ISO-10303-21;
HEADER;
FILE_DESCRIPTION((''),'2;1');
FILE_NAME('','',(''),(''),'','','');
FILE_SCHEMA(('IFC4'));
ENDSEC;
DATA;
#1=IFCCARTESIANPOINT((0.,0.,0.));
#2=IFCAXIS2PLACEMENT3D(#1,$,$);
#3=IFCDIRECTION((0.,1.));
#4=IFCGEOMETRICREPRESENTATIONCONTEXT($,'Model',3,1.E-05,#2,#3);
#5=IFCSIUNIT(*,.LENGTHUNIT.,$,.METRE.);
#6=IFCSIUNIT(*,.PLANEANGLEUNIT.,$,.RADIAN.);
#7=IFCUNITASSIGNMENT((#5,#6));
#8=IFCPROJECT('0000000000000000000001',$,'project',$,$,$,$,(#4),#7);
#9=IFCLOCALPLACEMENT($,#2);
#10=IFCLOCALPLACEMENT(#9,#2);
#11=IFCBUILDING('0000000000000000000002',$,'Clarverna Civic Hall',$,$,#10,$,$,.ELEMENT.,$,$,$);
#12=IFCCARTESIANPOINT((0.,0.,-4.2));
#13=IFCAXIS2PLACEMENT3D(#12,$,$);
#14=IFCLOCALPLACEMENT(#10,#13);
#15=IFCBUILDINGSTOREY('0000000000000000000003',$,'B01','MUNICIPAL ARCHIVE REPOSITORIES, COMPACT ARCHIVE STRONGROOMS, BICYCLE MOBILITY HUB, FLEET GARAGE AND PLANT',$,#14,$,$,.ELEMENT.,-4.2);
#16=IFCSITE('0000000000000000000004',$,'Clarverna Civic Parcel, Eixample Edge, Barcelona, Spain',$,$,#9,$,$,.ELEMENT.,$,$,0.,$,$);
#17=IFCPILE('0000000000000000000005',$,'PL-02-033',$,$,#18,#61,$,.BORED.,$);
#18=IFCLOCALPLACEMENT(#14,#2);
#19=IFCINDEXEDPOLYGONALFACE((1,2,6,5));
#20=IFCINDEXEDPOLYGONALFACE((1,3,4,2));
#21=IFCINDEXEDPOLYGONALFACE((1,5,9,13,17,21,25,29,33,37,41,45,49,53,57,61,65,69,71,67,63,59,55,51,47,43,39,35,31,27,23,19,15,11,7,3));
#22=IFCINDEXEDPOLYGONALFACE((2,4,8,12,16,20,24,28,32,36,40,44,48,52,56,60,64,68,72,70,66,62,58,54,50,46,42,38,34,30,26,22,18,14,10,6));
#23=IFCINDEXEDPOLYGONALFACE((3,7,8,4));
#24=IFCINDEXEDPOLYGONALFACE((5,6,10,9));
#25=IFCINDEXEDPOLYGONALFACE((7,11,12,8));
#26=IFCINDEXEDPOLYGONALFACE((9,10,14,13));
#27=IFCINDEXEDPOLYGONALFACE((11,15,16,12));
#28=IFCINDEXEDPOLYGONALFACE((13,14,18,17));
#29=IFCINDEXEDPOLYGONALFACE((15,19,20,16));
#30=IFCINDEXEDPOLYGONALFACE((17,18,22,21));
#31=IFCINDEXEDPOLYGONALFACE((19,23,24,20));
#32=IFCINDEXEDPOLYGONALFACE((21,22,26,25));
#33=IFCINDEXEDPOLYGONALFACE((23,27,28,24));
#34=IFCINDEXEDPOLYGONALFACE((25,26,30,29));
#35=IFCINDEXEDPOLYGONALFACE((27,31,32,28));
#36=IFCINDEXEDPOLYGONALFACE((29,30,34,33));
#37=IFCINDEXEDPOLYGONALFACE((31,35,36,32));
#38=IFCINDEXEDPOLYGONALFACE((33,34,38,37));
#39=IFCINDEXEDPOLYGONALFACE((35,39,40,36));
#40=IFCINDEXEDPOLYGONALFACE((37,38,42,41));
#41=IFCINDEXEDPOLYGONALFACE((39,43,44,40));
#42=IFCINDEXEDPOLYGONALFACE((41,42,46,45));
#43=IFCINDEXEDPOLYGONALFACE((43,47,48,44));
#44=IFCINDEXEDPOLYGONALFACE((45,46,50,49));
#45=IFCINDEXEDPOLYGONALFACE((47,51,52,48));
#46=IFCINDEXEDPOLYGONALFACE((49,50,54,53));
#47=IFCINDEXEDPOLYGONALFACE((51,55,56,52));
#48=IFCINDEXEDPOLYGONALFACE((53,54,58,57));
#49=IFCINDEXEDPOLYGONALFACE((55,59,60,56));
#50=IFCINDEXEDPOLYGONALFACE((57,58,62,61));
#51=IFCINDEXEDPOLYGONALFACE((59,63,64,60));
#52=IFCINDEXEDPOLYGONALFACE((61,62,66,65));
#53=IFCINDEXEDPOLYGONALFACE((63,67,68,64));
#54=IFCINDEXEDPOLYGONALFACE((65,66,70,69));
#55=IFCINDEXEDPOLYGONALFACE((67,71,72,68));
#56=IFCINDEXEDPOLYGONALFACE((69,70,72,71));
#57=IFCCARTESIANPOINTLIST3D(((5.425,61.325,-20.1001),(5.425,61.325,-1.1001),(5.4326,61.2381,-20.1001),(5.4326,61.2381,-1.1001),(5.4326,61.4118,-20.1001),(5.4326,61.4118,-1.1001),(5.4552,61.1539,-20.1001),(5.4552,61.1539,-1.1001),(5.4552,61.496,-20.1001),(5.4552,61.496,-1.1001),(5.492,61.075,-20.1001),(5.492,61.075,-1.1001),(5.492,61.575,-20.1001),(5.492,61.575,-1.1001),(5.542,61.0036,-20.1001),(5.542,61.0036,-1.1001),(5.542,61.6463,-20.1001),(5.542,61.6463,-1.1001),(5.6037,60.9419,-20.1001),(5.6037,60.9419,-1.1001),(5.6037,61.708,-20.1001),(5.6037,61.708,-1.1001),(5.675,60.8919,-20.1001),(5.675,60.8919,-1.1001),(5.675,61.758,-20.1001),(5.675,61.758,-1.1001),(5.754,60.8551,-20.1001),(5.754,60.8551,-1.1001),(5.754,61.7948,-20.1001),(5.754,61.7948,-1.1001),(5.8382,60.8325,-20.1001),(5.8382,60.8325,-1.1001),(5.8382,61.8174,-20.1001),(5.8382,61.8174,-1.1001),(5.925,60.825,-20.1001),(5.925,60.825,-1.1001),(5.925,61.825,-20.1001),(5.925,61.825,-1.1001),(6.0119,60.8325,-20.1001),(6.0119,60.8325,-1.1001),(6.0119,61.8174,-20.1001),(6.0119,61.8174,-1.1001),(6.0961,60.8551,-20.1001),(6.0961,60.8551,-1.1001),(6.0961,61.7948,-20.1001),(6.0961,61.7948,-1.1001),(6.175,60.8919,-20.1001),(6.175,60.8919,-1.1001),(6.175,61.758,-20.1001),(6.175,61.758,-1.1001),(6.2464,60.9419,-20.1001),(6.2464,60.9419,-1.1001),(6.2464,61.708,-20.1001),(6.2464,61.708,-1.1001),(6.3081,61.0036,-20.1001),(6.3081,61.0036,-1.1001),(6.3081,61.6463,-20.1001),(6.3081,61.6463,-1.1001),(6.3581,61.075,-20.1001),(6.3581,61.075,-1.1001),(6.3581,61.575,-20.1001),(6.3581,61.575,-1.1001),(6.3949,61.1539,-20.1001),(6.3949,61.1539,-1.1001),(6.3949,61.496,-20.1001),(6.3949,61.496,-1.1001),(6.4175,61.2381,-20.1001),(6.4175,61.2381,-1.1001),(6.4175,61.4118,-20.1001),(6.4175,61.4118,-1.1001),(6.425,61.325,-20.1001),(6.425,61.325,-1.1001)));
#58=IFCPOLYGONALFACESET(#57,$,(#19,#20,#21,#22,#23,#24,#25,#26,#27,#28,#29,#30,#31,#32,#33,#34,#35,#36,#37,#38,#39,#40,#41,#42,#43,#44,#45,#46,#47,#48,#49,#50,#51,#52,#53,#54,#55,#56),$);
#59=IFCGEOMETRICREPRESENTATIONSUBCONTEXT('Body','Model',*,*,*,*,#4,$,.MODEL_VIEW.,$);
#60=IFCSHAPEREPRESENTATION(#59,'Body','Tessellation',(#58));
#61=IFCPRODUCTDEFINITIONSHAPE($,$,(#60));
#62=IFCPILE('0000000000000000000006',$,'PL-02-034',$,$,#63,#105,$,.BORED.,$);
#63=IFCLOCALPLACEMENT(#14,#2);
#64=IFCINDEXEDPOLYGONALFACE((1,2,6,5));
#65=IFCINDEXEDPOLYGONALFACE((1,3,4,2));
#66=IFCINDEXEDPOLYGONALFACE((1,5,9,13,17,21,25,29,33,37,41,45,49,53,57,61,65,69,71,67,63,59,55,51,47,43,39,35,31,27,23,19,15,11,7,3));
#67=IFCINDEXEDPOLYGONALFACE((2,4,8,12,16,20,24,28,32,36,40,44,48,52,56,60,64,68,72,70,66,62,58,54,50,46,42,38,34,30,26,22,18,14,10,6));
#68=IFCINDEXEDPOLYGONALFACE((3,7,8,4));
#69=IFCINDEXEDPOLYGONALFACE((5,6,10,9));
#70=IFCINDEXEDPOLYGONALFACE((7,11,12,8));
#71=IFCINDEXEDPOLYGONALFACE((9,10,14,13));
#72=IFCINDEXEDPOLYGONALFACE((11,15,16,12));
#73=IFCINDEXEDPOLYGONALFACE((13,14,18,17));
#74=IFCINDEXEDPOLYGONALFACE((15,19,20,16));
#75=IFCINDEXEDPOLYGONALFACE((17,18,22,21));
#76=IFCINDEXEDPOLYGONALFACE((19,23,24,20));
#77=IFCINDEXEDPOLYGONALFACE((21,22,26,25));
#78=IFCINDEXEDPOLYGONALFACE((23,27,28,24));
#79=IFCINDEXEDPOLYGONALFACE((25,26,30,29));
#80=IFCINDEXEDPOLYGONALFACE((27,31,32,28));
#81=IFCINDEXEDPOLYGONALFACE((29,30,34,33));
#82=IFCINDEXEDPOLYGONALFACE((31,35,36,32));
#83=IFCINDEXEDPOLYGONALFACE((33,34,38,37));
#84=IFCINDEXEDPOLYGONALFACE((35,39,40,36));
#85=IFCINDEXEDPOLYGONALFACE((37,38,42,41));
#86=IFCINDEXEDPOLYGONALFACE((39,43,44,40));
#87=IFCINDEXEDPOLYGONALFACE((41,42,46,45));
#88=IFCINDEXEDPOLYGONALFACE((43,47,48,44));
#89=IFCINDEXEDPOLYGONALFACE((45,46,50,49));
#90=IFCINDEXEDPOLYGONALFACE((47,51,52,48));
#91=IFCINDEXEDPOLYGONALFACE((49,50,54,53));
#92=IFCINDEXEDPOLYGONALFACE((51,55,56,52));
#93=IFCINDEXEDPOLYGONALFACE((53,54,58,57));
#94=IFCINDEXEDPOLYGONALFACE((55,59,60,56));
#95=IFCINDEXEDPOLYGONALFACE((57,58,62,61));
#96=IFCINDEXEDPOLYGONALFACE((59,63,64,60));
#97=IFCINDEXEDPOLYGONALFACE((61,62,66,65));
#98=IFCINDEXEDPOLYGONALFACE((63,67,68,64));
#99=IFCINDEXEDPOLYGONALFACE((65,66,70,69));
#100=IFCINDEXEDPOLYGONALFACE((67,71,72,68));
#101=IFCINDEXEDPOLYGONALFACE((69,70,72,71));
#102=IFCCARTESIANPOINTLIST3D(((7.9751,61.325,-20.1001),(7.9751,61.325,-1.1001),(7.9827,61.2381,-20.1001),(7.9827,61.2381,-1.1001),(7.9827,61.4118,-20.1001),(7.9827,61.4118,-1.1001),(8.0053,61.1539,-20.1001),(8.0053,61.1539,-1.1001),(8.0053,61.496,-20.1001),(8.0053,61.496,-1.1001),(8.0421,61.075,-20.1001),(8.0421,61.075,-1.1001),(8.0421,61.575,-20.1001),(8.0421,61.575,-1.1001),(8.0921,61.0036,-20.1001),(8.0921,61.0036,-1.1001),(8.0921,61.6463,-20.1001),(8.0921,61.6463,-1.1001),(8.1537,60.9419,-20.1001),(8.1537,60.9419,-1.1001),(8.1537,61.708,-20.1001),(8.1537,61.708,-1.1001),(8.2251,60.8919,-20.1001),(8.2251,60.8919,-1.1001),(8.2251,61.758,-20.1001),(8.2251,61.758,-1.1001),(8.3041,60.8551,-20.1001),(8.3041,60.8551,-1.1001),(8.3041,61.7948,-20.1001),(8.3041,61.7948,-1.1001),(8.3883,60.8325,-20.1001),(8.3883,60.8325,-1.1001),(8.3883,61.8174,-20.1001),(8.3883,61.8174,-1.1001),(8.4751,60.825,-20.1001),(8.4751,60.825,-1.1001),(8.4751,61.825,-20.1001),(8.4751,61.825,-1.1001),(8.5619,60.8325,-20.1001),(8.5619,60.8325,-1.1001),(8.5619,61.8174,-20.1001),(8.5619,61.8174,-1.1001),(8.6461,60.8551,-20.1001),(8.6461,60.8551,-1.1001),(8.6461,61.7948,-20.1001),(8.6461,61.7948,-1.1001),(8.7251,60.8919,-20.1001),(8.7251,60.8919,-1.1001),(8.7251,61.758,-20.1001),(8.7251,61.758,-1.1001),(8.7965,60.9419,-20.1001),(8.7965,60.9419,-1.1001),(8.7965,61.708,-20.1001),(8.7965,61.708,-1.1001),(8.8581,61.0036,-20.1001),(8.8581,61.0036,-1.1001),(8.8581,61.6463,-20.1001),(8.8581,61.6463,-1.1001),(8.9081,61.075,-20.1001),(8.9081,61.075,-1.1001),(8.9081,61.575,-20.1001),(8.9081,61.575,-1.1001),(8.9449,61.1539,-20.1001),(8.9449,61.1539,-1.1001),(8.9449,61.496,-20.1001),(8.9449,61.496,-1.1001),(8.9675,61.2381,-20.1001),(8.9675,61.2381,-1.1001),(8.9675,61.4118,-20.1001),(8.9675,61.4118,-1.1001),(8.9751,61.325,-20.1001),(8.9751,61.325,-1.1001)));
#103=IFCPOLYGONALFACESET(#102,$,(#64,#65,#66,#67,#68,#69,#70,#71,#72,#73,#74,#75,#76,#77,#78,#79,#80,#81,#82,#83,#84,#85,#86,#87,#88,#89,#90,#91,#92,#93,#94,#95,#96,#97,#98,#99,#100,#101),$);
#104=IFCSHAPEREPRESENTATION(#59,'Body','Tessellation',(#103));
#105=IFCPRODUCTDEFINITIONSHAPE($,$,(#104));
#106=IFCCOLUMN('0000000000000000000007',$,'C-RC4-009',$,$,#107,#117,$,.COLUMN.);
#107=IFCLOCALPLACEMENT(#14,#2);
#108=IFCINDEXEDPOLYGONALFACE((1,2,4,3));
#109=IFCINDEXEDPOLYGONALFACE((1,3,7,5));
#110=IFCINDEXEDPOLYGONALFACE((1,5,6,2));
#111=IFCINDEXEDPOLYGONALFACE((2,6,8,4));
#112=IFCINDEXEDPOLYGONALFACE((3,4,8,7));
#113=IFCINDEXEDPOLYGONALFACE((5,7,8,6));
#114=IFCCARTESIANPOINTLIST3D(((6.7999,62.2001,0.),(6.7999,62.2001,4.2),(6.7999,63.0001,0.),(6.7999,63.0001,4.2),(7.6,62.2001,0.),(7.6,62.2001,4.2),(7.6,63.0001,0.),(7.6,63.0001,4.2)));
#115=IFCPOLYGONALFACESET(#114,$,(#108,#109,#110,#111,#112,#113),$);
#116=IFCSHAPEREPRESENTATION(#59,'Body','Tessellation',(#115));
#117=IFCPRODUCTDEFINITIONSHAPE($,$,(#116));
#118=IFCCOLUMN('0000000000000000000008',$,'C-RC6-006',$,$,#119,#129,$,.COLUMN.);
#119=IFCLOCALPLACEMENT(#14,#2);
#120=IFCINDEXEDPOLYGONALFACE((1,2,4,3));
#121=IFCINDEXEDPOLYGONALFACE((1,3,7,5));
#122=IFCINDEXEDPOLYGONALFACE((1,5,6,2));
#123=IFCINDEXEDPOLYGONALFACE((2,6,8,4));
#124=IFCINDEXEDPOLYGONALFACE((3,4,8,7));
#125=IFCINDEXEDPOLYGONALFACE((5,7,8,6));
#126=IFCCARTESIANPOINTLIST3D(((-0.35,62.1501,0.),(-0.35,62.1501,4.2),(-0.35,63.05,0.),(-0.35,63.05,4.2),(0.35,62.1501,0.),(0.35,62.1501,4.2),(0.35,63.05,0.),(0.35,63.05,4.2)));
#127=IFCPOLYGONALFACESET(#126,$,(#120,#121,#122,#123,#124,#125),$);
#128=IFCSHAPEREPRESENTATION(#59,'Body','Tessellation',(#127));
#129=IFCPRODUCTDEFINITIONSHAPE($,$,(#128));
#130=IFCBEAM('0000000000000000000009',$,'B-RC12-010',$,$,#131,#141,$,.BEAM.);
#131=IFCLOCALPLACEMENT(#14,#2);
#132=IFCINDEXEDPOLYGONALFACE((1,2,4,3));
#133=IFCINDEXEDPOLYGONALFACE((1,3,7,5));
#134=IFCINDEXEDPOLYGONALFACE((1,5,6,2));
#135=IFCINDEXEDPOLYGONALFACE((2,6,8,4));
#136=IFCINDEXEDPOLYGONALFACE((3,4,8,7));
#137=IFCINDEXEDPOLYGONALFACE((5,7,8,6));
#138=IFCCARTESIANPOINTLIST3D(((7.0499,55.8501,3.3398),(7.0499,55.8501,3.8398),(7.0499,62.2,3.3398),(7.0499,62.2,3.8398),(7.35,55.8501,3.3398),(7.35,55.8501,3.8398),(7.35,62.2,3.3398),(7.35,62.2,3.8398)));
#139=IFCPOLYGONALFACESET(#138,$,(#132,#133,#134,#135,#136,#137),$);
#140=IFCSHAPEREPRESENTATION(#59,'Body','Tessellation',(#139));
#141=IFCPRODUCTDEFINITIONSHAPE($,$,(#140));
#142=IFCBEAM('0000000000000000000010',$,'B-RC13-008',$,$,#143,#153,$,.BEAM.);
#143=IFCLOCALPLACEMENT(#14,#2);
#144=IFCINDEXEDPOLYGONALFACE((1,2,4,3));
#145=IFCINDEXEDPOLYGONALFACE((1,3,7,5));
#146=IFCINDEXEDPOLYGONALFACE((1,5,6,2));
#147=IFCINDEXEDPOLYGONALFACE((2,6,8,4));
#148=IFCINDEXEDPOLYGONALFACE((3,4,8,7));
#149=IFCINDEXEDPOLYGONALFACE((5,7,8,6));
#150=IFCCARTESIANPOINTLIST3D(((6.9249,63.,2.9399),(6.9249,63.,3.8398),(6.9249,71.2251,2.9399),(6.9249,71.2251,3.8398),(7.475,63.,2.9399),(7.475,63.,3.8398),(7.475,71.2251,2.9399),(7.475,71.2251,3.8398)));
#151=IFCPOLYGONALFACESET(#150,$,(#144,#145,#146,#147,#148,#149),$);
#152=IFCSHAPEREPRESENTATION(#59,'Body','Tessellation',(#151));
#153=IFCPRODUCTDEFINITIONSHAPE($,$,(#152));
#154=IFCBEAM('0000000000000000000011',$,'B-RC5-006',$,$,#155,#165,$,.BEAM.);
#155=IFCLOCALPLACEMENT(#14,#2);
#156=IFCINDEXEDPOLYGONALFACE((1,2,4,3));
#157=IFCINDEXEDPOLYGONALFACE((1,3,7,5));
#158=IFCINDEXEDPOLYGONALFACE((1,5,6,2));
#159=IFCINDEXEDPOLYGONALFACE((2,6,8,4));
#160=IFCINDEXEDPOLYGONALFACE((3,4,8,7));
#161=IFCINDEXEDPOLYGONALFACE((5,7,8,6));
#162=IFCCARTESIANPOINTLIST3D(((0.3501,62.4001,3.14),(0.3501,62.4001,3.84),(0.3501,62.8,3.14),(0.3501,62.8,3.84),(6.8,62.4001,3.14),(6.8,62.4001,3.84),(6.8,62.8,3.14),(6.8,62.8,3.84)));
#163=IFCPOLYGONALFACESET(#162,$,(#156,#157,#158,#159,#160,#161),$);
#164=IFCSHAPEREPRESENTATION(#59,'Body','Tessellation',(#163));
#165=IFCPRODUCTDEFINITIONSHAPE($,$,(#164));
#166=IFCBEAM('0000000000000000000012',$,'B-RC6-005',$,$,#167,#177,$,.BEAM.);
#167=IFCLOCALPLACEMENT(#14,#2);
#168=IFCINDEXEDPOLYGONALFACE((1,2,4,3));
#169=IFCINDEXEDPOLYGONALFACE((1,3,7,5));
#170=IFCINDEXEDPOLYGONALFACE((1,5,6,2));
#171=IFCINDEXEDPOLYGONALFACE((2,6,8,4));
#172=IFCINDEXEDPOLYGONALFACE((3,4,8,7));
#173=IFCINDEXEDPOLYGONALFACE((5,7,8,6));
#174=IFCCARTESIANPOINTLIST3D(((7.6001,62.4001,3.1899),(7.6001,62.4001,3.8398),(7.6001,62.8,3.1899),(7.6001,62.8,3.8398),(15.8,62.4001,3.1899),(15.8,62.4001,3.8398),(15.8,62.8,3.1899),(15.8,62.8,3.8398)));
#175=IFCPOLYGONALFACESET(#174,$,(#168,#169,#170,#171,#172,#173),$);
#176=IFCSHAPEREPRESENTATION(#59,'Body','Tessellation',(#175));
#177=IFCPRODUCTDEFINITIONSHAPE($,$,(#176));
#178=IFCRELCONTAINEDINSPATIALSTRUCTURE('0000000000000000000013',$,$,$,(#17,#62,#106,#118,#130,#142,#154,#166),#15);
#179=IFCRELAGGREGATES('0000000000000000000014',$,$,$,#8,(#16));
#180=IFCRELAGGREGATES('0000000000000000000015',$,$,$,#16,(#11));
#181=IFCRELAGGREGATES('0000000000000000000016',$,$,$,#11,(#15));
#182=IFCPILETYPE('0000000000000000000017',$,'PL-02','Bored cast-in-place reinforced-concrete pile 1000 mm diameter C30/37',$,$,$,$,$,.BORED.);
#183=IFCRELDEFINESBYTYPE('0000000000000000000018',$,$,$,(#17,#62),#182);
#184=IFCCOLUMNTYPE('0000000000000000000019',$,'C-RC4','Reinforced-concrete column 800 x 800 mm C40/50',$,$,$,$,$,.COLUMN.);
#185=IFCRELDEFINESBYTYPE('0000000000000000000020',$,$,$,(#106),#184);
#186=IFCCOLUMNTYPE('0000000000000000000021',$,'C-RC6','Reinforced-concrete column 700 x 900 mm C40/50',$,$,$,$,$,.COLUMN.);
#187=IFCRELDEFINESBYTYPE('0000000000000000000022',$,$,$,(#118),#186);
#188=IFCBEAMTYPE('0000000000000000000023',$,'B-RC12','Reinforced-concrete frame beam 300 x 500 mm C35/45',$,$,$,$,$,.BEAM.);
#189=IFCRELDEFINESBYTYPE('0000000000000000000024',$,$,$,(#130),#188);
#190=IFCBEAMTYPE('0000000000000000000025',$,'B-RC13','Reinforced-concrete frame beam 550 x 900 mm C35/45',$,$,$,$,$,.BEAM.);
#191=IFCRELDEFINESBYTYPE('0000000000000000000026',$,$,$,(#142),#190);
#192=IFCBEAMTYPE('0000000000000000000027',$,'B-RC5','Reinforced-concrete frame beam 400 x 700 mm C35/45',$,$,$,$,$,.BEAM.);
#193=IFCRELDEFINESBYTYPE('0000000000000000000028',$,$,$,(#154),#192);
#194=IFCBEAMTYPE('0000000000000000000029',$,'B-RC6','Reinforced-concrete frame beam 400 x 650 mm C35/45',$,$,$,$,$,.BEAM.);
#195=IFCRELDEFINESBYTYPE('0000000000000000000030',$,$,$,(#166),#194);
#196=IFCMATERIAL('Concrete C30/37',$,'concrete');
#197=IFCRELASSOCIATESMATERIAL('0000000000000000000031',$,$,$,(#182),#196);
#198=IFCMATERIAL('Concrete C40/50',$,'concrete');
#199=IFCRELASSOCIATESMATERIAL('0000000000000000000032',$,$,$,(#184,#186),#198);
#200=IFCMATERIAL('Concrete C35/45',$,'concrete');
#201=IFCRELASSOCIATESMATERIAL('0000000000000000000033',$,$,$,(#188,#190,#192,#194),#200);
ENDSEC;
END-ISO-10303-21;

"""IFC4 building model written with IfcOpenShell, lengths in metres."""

from ifc_helpers import new_model, si_unit, direction, frame, origin, origin_2d, place, context, subcontext, project, spatial, rectangle, circle, extrude, material, material_profile, profile_set, type_object, element, save


model = new_model("IFC4")

# Units and contexts
model_context = context("Model", 3, precision=1e-05, world=origin(), true_north=direction((0.0, 1.0)))
body_context = subcontext(model_context, "Body", "Model", "MODEL_VIEW")
ifc_project = project(units=[si_unit("LENGTHUNIT", "METRE"), si_unit("PLANEANGLEUNIT", "RADIAN")], contexts=[model_context])

# Site, building, storey
site_placement = place(None, origin())
site = spatial("IfcSite", under=ifc_project, at=site_placement, Name="Clarverna Civic Parcel, Eixample Edge, Barcelona, Spain", CompositionType="ELEMENT", RefElevation=0.0)
building_placement = place(site_placement, origin())
building = spatial("IfcBuilding", under=site, at=building_placement, Name="Clarverna Civic Hall", CompositionType="ELEMENT")
storey_placement = place(building_placement, frame((0.0, 0.0, -4.2)))
storey = spatial("IfcBuildingStorey", under=building, at=storey_placement, Name="B01", Description="MUNICIPAL ARCHIVE REPOSITORIES, COMPACT ARCHIVE STRONGROOMS, BICYCLE MOBILITY HUB, FLEET GARAGE AND PLANT", CompositionType="ELEMENT", Elevation=-4.2)

# Shared definitions
ifc_material_1 = material(Name="Concrete C30/37", Category="concrete")

# Piles
ifc_material_profile_1 = material_profile(ifc_material_1, circle(Radius=0.5, at=origin_2d()), Name="BORED PILE D1000")
ifc_profile_set_1 = profile_set([ifc_material_profile_1], Name="Concrete C30/37")
pile_type_1 = type_object("IfcPileType", Name="PL-02", Description="Bored cast-in-place reinforced-concrete pile 1000 mm diameter C30/37", PredefinedType="BORED", material=ifc_profile_set_1)
for number, where, z_axis, x_axis, name in (
    (1, (5.925, 61.325, -1.1001), (0.0, 0.0, -1.0), (1.0, 0.0, 0.0), "PL-02-033"),
    (2, (8.4751, 61.325, -1.1001), (0.0, 0.0, -1.0), (1.0, 0.0, 0.0), "PL-02-034"),
):
    element("IfcPile", number, at=place(storey_placement, frame(where, z_axis=z_axis, x_axis=x_axis)), inside=storey, type_object=pile_type_1, Name=name, PredefinedType="BORED", context=body_context, shape_type="SweptSolid", body=[
        extrude(circle(Radius=0.5, at=origin_2d()), origin(), (0.0, 0.0, 1.0), 19.0),
    ])

# Columns
ifc_material_2 = material(Name="Concrete C40/50", Category="concrete")
ifc_material_profile_2 = material_profile(ifc_material_2, rectangle(XDim=0.8, YDim=0.8, at=origin_2d()), Name="RC 800x800")
ifc_profile_set_2 = profile_set([ifc_material_profile_2], Name="Concrete C40/50")
column_type_1 = type_object("IfcColumnType", Name="C-RC4", Description="Reinforced-concrete column 800 x 800 mm C40/50", PredefinedType="COLUMN", material=ifc_profile_set_2)
column_1_placement = place(storey_placement, frame((7.2, 62.6001, 0.0), z_axis=(0.0, 0.0, 1.0), x_axis=(1.0, 0.0, 0.0)))
element("IfcColumn", 3, at=column_1_placement, inside=storey, type_object=column_type_1, Name="C-RC4-009", PredefinedType="COLUMN", context=body_context, shape_type="SweptSolid", body=[
    extrude(rectangle(XDim=0.8, YDim=0.8, at=origin_2d()), origin(), (0.0, 0.0, 1.0), 4.2),
])
ifc_material_profile_3 = material_profile(ifc_material_2, rectangle(XDim=0.7, YDim=0.8999, at=origin_2d()), Name="RC 700x900")
ifc_profile_set_3 = profile_set([ifc_material_profile_3], Name="Concrete C40/50")
column_type_2 = type_object("IfcColumnType", Name="C-RC6", Description="Reinforced-concrete column 700 x 900 mm C40/50", PredefinedType="COLUMN", material=ifc_profile_set_3)
column_2_placement = place(storey_placement, frame((0.0, 62.6001, 0.0), z_axis=(0.0, 0.0, 1.0), x_axis=(1.0, 0.0, 0.0)))
element("IfcColumn", 4, at=column_2_placement, inside=storey, type_object=column_type_2, Name="C-RC6-006", PredefinedType="COLUMN", context=body_context, shape_type="SweptSolid", body=[
    extrude(rectangle(XDim=0.7, YDim=0.8999, at=origin_2d()), origin(), (0.0, 0.0, 1.0), 4.2),
])

# Beams
ifc_material_3 = material(Name="Concrete C35/45", Category="concrete")
ifc_material_profile_4 = material_profile(ifc_material_3, rectangle(XDim=0.3, YDim=0.5, at=origin_2d()), Name="RC 300x500")
ifc_profile_set_4 = profile_set([ifc_material_profile_4], Name="Concrete C35/45")
beam_type_1 = type_object("IfcBeamType", Name="B-RC12", Description="Reinforced-concrete frame beam 300 x 500 mm C35/45", PredefinedType="BEAM", material=ifc_profile_set_4)
beam_1_placement = place(storey_placement, frame((7.2, 55.8501, 3.5898), z_axis=(0.0, 1.0, 0.0), x_axis=(-1.0, 0.0, 0.0)))
element("IfcBeam", 5, at=beam_1_placement, inside=storey, type_object=beam_type_1, Name="B-RC12-010", PredefinedType="BEAM", context=body_context, shape_type="SweptSolid", body=[
    extrude(rectangle(XDim=0.3, YDim=0.5, at=origin_2d()), origin(), (0.0, 0.0, 1.0), 6.3499),
])
ifc_material_profile_5 = material_profile(ifc_material_3, rectangle(XDim=0.55, YDim=0.8999, at=origin_2d()), Name="RC 550x900")
ifc_profile_set_5 = profile_set([ifc_material_profile_5], Name="Concrete C35/45")
beam_type_2 = type_object("IfcBeamType", Name="B-RC13", Description="Reinforced-concrete frame beam 550 x 900 mm C35/45", PredefinedType="BEAM", material=ifc_profile_set_5)
beam_2_placement = place(storey_placement, frame((7.2, 63.0, 3.3899), z_axis=(0.0, 1.0, 0.0), x_axis=(-1.0, 0.0, 0.0)))
element("IfcBeam", 6, at=beam_2_placement, inside=storey, type_object=beam_type_2, Name="B-RC13-008", PredefinedType="BEAM", context=body_context, shape_type="SweptSolid", body=[
    extrude(rectangle(XDim=0.55, YDim=0.8999, at=origin_2d()), origin(), (0.0, 0.0, 1.0), 8.2251),
])
ifc_material_profile_6 = material_profile(ifc_material_3, rectangle(XDim=0.3999, YDim=0.7, at=origin_2d()), Name="RC 400x700")
ifc_profile_set_6 = profile_set([ifc_material_profile_6], Name="Concrete C35/45")
beam_type_3 = type_object("IfcBeamType", Name="B-RC5", Description="Reinforced-concrete frame beam 400 x 700 mm C35/45", PredefinedType="BEAM", material=ifc_profile_set_6)
beam_3_placement = place(storey_placement, frame((0.3501, 62.6001, 3.49), z_axis=(1.0, 0.0, 0.0), x_axis=(0.0, 1.0, 0.0)))
element("IfcBeam", 7, at=beam_3_placement, inside=storey, type_object=beam_type_3, Name="B-RC5-006", PredefinedType="BEAM", context=body_context, shape_type="SweptSolid", body=[
    extrude(rectangle(XDim=0.3999, YDim=0.7, at=origin_2d()), origin(), (0.0, 0.0, 1.0), 6.45),
])
ifc_material_profile_7 = material_profile(ifc_material_3, rectangle(XDim=0.3999, YDim=0.6499, at=origin_2d()), Name="RC 400x650")
ifc_profile_set_7 = profile_set([ifc_material_profile_7], Name="Concrete C35/45")
beam_type_4 = type_object("IfcBeamType", Name="B-RC6", Description="Reinforced-concrete frame beam 400 x 650 mm C35/45", PredefinedType="BEAM", material=ifc_profile_set_7)
beam_4_placement = place(storey_placement, frame((7.6001, 62.6001, 3.5149), z_axis=(1.0, 0.0, 0.0), x_axis=(0.0, 1.0, 0.0)))
element("IfcBeam", 8, at=beam_4_placement, inside=storey, type_object=beam_type_4, Name="B-RC6-005", PredefinedType="BEAM", context=body_context, shape_type="SweptSolid", body=[
    extrude(rectangle(XDim=0.3999, YDim=0.6499, at=origin_2d()), origin(), (0.0, 0.0, 1.0), 8.2),
])

save(model, "model.ifc")
